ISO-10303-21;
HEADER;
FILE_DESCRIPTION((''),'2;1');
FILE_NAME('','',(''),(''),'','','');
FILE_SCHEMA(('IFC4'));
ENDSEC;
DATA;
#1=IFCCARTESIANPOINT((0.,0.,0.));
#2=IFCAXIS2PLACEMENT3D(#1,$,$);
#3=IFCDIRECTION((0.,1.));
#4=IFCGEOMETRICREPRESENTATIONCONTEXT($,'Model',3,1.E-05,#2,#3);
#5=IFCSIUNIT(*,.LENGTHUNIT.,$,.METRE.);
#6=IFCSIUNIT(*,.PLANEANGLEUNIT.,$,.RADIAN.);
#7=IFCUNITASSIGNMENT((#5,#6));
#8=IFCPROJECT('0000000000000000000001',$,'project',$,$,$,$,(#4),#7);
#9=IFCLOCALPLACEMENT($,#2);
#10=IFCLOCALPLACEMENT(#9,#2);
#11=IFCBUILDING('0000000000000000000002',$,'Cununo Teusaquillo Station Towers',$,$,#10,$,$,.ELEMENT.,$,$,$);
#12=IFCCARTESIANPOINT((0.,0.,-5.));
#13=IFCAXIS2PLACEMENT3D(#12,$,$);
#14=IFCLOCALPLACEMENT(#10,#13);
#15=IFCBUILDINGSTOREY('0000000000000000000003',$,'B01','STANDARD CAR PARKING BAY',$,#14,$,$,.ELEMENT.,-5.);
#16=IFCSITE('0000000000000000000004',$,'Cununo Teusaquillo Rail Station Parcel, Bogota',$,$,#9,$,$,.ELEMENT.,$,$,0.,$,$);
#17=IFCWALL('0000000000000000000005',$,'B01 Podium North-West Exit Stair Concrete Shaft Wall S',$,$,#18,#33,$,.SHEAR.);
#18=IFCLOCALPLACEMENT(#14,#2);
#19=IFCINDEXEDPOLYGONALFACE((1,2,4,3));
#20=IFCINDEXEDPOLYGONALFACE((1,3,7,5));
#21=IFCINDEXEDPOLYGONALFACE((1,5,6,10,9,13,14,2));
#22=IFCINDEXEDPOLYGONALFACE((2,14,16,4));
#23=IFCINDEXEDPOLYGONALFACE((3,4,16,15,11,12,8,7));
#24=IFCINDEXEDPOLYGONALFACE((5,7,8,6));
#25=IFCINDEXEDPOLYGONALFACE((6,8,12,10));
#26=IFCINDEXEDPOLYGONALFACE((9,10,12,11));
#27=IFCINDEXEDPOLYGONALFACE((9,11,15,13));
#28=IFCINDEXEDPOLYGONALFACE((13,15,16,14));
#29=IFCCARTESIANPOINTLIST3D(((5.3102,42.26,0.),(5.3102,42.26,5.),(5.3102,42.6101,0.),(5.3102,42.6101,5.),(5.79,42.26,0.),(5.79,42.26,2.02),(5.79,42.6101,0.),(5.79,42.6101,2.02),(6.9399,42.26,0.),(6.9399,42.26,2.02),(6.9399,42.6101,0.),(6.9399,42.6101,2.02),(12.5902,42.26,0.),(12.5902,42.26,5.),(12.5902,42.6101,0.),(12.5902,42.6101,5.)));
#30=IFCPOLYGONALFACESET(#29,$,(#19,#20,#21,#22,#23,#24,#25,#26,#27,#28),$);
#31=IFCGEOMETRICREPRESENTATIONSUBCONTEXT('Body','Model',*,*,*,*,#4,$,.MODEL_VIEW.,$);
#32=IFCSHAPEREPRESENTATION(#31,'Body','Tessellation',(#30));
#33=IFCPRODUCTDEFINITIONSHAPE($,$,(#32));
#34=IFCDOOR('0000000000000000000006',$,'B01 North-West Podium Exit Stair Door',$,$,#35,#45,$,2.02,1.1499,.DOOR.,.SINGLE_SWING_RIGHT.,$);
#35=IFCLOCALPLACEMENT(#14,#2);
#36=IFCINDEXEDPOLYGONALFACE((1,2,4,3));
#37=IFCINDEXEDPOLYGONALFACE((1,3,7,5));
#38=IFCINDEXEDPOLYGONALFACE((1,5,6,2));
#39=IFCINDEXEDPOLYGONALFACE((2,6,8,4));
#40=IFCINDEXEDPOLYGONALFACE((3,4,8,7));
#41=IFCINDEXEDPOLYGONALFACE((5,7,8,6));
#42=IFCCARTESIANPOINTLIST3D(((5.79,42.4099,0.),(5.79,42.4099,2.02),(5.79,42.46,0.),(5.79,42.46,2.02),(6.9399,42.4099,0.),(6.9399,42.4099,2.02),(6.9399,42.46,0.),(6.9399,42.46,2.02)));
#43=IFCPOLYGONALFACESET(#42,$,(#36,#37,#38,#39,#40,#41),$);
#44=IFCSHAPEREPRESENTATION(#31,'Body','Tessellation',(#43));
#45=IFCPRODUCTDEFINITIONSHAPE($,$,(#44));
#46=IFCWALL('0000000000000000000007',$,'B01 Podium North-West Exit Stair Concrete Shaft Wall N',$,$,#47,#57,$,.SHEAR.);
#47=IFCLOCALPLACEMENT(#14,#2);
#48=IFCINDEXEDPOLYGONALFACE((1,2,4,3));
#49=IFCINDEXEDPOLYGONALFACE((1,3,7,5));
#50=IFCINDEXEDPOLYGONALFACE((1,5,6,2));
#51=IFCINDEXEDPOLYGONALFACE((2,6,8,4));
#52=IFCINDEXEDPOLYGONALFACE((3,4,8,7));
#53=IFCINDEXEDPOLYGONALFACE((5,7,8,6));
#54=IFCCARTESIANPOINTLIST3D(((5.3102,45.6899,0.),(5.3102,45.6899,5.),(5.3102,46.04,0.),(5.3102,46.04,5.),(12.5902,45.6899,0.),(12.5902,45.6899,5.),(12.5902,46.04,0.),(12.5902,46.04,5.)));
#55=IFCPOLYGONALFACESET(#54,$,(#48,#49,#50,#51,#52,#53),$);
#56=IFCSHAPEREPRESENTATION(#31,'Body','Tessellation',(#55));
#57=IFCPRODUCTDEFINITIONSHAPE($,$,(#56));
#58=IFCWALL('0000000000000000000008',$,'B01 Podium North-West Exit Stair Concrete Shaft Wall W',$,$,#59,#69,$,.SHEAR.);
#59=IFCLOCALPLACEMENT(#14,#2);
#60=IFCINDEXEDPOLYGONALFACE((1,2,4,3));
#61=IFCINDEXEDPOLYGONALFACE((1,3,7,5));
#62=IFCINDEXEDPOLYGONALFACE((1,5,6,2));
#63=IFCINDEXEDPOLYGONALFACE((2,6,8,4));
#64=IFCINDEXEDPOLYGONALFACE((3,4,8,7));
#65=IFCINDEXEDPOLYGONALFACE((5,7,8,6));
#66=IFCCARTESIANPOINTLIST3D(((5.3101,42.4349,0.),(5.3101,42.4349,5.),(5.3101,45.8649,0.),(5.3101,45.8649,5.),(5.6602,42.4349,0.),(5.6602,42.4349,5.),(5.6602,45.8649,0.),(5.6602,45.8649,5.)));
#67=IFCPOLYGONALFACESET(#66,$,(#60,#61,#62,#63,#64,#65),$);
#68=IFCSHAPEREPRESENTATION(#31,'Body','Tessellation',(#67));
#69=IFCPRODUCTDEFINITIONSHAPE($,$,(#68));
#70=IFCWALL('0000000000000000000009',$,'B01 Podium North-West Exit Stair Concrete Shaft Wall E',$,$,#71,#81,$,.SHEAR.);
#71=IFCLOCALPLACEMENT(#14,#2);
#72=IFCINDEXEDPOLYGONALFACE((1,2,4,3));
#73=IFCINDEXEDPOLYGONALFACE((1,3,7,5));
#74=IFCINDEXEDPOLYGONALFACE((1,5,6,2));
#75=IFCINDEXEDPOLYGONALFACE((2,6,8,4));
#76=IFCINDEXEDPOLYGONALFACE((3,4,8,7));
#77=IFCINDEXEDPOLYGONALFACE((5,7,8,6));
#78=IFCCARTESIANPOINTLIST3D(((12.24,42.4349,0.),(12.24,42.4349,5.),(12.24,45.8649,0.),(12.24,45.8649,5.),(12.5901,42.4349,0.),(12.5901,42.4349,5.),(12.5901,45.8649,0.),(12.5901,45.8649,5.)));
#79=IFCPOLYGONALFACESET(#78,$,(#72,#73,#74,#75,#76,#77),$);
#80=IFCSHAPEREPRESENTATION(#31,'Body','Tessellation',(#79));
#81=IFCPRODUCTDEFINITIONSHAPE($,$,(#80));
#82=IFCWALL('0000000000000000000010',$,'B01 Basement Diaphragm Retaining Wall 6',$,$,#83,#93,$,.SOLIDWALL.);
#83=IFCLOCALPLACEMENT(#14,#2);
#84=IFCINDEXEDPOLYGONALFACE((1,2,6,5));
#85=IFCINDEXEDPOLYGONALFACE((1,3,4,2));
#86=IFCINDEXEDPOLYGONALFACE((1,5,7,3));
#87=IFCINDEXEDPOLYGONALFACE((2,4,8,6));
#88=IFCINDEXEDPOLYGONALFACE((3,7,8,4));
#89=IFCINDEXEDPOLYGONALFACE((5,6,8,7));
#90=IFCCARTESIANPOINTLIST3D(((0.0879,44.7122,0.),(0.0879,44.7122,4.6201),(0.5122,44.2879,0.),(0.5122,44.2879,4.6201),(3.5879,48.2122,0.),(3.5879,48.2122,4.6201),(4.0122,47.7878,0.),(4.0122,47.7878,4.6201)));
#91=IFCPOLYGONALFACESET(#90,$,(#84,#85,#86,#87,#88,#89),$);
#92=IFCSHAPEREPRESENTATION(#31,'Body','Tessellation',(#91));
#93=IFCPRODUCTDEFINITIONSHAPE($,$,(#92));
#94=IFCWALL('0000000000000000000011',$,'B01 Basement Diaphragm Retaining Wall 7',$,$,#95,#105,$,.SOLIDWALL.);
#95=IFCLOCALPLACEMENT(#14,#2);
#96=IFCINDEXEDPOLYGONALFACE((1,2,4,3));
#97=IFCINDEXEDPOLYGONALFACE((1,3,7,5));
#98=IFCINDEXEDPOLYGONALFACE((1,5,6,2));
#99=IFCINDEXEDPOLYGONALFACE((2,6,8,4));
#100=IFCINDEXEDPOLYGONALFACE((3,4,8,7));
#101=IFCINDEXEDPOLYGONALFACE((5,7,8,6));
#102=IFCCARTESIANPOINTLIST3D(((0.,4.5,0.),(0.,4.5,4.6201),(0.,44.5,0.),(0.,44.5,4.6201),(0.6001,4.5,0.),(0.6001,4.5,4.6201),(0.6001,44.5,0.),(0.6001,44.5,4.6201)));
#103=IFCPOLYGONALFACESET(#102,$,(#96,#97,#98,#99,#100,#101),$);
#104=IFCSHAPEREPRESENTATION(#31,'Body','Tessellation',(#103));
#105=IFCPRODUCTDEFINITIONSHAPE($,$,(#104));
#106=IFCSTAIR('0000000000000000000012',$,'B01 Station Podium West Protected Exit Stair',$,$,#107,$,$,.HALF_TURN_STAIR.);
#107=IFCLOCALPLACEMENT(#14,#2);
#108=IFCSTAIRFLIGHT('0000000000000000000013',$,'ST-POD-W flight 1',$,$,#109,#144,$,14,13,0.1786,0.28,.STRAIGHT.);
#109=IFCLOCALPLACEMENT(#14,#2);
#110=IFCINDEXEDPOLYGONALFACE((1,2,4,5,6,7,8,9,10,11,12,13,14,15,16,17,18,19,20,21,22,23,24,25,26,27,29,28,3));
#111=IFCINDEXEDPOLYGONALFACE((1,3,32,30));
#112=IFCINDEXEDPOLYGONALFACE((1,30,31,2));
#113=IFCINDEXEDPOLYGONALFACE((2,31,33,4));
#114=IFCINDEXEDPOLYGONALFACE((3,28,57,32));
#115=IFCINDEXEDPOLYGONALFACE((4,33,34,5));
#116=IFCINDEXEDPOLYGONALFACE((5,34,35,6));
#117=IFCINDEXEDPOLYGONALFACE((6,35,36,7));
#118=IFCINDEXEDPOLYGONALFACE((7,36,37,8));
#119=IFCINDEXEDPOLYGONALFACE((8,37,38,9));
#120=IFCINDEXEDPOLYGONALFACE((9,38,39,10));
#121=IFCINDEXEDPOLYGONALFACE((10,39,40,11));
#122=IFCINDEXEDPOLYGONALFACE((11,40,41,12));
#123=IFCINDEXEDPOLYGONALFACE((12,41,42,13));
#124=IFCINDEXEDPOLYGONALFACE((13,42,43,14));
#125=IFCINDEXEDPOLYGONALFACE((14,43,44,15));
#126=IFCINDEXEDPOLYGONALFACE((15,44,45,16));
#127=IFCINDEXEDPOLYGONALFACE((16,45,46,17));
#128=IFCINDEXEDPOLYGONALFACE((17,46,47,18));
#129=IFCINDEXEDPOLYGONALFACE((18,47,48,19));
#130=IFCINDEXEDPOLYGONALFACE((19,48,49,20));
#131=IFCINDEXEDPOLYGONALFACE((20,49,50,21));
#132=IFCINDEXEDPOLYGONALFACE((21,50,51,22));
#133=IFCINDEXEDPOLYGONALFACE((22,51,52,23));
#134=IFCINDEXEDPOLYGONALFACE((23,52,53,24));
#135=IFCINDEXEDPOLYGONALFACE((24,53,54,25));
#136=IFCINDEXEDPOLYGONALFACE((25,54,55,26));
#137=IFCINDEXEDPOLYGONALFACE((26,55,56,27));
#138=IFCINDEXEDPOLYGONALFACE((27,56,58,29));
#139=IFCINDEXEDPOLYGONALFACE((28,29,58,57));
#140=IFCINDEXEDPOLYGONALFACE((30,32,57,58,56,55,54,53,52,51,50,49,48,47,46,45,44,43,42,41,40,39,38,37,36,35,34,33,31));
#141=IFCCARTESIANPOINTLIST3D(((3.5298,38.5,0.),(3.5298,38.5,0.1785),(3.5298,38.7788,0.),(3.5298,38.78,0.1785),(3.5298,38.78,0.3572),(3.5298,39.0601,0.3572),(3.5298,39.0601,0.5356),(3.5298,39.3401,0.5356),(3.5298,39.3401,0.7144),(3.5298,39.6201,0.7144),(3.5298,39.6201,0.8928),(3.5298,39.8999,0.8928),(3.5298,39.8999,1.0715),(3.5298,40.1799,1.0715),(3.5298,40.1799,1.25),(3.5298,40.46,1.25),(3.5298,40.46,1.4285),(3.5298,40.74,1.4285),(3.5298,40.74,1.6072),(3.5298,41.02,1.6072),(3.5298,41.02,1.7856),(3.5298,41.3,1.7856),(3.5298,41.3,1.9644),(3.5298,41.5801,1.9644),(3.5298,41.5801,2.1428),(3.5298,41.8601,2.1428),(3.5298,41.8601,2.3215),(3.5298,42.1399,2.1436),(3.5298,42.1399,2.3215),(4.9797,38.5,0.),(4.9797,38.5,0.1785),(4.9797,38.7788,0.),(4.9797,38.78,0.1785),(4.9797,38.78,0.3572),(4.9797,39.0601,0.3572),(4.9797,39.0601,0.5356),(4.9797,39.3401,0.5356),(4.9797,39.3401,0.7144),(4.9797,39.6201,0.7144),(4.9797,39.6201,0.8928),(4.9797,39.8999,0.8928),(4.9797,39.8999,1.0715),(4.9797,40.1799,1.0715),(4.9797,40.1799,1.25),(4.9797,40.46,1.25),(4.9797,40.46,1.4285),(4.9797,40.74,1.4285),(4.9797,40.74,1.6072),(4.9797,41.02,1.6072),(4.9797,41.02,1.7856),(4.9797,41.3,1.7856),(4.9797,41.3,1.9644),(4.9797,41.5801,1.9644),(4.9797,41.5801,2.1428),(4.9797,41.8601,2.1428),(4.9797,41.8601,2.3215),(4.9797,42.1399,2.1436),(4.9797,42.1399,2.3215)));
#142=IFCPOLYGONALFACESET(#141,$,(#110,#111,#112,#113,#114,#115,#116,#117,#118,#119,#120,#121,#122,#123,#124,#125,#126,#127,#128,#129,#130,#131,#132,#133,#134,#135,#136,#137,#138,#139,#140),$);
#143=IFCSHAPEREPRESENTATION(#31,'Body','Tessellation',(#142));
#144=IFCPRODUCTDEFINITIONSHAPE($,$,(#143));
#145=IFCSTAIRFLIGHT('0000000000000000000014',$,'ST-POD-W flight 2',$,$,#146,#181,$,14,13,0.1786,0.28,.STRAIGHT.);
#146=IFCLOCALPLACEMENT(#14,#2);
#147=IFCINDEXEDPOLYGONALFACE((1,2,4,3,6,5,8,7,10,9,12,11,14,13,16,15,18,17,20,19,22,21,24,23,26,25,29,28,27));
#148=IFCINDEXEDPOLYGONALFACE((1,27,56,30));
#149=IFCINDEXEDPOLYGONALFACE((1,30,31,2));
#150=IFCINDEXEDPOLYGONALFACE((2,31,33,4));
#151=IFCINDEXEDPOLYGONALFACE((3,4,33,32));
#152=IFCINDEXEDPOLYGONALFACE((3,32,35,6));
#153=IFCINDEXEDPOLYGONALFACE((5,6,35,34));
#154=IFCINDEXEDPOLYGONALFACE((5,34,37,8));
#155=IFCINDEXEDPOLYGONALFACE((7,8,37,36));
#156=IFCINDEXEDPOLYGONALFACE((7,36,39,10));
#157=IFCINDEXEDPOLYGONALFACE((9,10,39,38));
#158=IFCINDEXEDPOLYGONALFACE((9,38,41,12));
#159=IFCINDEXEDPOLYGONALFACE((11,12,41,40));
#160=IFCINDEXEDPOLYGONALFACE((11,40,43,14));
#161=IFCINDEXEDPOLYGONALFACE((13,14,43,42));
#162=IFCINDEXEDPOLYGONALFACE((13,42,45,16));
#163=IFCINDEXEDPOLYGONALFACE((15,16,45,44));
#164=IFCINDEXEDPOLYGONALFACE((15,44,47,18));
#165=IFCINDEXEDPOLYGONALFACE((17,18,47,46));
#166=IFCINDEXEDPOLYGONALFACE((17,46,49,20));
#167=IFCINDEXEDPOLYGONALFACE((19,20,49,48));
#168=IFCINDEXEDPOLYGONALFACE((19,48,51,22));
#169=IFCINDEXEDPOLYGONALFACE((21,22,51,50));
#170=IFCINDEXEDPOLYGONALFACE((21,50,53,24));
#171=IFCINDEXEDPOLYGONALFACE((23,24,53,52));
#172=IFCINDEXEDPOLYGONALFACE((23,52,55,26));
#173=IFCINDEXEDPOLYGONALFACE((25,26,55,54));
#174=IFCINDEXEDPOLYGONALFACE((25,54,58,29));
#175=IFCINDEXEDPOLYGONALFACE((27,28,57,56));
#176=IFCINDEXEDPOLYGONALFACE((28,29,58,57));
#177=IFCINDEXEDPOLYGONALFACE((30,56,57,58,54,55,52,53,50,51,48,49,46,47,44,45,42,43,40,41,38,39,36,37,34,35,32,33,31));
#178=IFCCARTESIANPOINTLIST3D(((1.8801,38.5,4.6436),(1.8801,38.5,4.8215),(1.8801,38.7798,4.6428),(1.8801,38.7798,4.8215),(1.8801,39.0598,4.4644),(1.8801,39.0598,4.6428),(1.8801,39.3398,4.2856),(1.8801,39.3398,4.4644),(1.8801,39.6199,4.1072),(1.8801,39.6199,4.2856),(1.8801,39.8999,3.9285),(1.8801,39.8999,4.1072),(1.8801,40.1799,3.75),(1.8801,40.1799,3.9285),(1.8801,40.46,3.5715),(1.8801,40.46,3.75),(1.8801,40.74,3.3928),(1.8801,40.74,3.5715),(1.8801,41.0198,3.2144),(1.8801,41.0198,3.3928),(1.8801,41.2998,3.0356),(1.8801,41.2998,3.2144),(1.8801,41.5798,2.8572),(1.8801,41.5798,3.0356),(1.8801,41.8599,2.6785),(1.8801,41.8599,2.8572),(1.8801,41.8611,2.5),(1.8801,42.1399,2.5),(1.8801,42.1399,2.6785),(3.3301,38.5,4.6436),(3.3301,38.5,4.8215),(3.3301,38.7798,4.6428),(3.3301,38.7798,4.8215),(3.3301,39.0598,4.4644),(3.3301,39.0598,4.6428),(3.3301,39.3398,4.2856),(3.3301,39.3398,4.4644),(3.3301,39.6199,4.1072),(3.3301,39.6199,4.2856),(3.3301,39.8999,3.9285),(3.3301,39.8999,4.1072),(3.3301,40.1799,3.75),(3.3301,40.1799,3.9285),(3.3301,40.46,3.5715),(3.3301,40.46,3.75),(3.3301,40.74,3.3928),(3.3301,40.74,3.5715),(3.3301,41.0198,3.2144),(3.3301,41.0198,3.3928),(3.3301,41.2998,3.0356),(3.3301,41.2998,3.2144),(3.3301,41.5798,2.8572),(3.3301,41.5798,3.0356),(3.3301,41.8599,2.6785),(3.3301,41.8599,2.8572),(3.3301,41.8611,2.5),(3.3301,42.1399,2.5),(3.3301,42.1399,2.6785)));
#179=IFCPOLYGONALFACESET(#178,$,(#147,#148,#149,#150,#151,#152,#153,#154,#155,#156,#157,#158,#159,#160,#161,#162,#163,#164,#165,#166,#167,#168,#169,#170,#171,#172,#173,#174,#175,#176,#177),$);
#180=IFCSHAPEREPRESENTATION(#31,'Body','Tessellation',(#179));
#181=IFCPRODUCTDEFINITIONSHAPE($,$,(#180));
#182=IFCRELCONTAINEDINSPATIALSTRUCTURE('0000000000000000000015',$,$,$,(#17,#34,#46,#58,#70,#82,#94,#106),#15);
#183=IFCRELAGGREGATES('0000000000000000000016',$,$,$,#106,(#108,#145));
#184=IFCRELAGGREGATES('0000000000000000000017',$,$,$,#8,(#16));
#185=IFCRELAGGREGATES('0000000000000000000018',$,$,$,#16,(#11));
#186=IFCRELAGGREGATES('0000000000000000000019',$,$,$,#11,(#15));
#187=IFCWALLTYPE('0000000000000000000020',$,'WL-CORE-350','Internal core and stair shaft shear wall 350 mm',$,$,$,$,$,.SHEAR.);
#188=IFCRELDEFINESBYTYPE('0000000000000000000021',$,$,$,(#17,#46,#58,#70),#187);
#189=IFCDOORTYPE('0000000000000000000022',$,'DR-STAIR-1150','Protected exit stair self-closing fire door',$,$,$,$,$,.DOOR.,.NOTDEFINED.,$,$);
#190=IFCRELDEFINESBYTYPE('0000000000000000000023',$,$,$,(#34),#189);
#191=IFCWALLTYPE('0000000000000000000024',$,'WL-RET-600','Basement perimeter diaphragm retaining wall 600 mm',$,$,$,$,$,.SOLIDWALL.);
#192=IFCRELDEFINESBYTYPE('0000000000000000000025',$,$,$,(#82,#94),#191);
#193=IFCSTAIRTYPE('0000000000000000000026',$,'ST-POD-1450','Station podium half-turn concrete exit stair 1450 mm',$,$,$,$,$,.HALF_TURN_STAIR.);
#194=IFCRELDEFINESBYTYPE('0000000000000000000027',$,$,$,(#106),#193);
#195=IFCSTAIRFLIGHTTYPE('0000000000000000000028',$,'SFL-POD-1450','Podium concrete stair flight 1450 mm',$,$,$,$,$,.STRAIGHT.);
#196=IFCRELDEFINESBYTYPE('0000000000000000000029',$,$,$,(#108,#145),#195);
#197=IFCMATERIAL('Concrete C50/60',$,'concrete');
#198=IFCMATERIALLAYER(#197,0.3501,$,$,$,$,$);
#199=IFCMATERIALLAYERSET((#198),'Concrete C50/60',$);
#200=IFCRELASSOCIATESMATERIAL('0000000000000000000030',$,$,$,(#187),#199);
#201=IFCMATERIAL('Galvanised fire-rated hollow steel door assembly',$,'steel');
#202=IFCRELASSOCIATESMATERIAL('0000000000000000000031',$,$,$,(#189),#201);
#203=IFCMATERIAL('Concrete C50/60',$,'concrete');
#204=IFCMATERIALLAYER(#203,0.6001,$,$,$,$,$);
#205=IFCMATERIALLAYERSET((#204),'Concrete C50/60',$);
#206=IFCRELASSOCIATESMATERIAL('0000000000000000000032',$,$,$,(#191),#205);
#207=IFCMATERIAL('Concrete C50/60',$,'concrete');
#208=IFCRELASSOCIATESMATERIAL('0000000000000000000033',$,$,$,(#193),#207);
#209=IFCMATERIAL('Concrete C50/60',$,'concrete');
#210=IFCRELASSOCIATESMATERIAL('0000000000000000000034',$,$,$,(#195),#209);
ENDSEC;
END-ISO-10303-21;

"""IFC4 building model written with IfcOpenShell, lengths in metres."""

from ifc_helpers import new_model, si_unit, direction, frame, frame_2d, origin, place, context, subcontext, project, spatial, polyline, rectangle, outline, extrude, source, transform, mapped, material, layer, layer_set, type_object, element, fill, aggregate, save


model = new_model("IFC4")

# Units and contexts
model_context = context("Model", 3, precision=1e-05, world=origin(), true_north=direction((0.0, 1.0)))
body_context = subcontext(model_context, "Body", "Model", "MODEL_VIEW")
ifc_project = project(units=[si_unit("LENGTHUNIT", "METRE"), si_unit("PLANEANGLEUNIT", "RADIAN")], contexts=[model_context])

# Site, building, storey
site_placement = place(None, origin())
site = spatial("IfcSite", under=ifc_project, at=site_placement, Name="Cununo Teusaquillo Rail Station Parcel, Bogota", CompositionType="ELEMENT", RefElevation=0.0)
building_placement = place(site_placement, origin())
building = spatial("IfcBuilding", under=site, at=building_placement, Name="Cununo Teusaquillo Station Towers", CompositionType="ELEMENT")
storey_placement = place(building_placement, frame((0.0, 0.0, -5.0)))
storey = spatial("IfcBuildingStorey", under=building, at=storey_placement, Name="B01", Description="STANDARD CAR PARKING BAY", CompositionType="ELEMENT", Elevation=-5.0)

# Shared definitions
ifc_material_1 = material(Name="Concrete C50/60", Category="concrete")
ifc_layer_1 = layer(ifc_material_1, 0.3501)
ifc_layer_set_1 = layer_set([ifc_layer_1], Name="Concrete C50/60")
wall_type_1 = type_object("IfcWallType", Name="WL-CORE-350", Description="Internal core and stair shaft shear wall 350 mm", PredefinedType="SHEAR", material=ifc_layer_set_1)

# Wall, opening, door
wall_1_placement = place(storey_placement, frame((5.3101, 42.4351, 0.0), z_axis=(0.0, 0.0, 1.0), x_axis=(1.0, 0.0, 0.0)))
wall_1 = element("IfcWall", 1, at=wall_1_placement, inside=storey, type_object=wall_type_1, Name="B01 Podium North-West Exit Stair Concrete Shaft Wall S", PredefinedType="SHEAR", context=body_context, shape_type="SweptSolid", body=[
    extrude(rectangle(XDim=7.28, YDim=0.3501, at=frame_2d((3.6401, 0.0))), origin(), (0.0, 0.0, 1.0), 5.0),
])
shared_shape_1 = source(origin(), body_context, "Body", "SweptSolid", [
    extrude(rectangle(XDim=1.1499, YDim=2.02, at=frame_2d((0.575, 1.01))), frame((0.0, 0.1851, 0.0), z_axis=(0.0, -1.0, 0.0), x_axis=(1.0, 0.0, 0.0)), (0.0, 0.0, 1.0), 0.3701),
])
opening_1_placement = place(wall_1_placement, frame((0.48, 0.0, 0.0)))
opening_1 = element("IfcOpeningElement", 2, at=opening_1_placement, cuts=wall_1, PredefinedType="OPENING", context=body_context, shape_type="MappedRepresentation", body=[
    mapped(shared_shape_1, transform((0.0, 0.0, 0.0), x_axis=(1.0, 0.0, 0.0), y_axis=(0.0, 1.0, 0.0), z_axis=(0.0, 0.0, 1.0), scale=1.0)),
])
ifc_material_2 = material(Name="Galvanised fire-rated hollow steel door assembly", Category="steel")
door_type_1 = type_object("IfcDoorType", Name="DR-STAIR-1150", Description="Protected exit stair self-closing fire door", OperationType="NOTDEFINED", PredefinedType="DOOR", material=ifc_material_2)
shared_shape_2 = source(origin(), body_context, "Body", "SweptSolid", [
    extrude(rectangle(XDim=1.1499, YDim=2.02, at=frame_2d((0.575, 1.01))), frame((0.0, 0.0249, 0.0), z_axis=(0.0, -1.0, 0.0), x_axis=(1.0, 0.0, 0.0)), (0.0, 0.0, 1.0), 0.05),
])
door_1_placement = place(opening_1_placement, origin())
door_1 = element("IfcDoor", 3, at=door_1_placement, inside=storey, type_object=door_type_1, Name="B01 North-West Podium Exit Stair Door", OperationType="SINGLE_SWING_RIGHT", OverallHeight=2.02, OverallWidth=1.1499, PredefinedType="DOOR", context=body_context, shape_type="MappedRepresentation", body=[
    mapped(shared_shape_2, transform((0.0, 0.0, 0.0), x_axis=(1.0, 0.0, 0.0), y_axis=(0.0, 1.0, 0.0), z_axis=(0.0, 0.0, 1.0), scale=1.0)),
])
fill(opening_1, door_1)

# Walls
wall_2_placement = place(storey_placement, frame((5.3101, 45.865, 0.0), z_axis=(0.0, 0.0, 1.0), x_axis=(1.0, 0.0, 0.0)))
element("IfcWall", 4, at=wall_2_placement, inside=storey, type_object=wall_type_1, Name="B01 Podium North-West Exit Stair Concrete Shaft Wall N", PredefinedType="SHEAR", context=body_context, shape_type="SweptSolid", body=[
    extrude(rectangle(XDim=7.28, YDim=0.3501, at=frame_2d((3.6401, 0.0))), origin(), (0.0, 0.0, 1.0), 5.0),
])
for number, where, z_axis, x_axis, name in (
    (5, (5.4851, 42.4351, 0.0), (0.0, 0.0, 1.0), (0.0, 1.0, 0.0), "B01 Podium North-West Exit Stair Concrete Shaft Wall W"),
    (6, (12.415, 42.4351, 0.0), (0.0, 0.0, 1.0), (0.0, 1.0, 0.0), "B01 Podium North-West Exit Stair Concrete Shaft Wall E"),
):
    element("IfcWall", number, at=place(storey_placement, frame(where, z_axis=z_axis, x_axis=x_axis)), inside=storey, type_object=wall_type_1, Name=name, PredefinedType="SHEAR", context=body_context, shape_type="SweptSolid", body=[
        extrude(rectangle(XDim=3.4299, YDim=0.3501, at=frame_2d((1.7148, 0.0))), origin(), (0.0, 0.0, 1.0), 5.0),
    ])
ifc_material_3 = material(Name="Concrete C50/60", Category="concrete")
ifc_layer_2 = layer(ifc_material_3, 0.6001)
ifc_layer_set_2 = layer_set([ifc_layer_2], Name="Concrete C50/60")
wall_type_2 = type_object("IfcWallType", Name="WL-RET-600", Description="Basement perimeter diaphragm retaining wall 600 mm", PredefinedType="SOLIDWALL", material=ifc_layer_set_2)
wall_3_placement = place(storey_placement, frame((3.8, 48.0, 0.0), z_axis=(0.0, 0.0, 1.0), x_axis=(-0.707107, -0.707107, 0.0)))
element("IfcWall", 7, at=wall_3_placement, inside=storey, type_object=wall_type_2, Name="B01 Basement Diaphragm Retaining Wall 6", PredefinedType="SOLIDWALL", context=body_context, shape_type="SweptSolid", body=[
    extrude(rectangle(XDim=4.9497, YDim=0.6001, at=frame_2d((2.4749, 0.0))), origin(), (0.0, 0.0, 1.0), 4.6201),
])
wall_4_placement = place(storey_placement, frame((0.3, 44.5, 0.0), z_axis=(0.0, 0.0, 1.0), x_axis=(0.0, -1.0, 0.0)))
element("IfcWall", 8, at=wall_4_placement, inside=storey, type_object=wall_type_2, Name="B01 Basement Diaphragm Retaining Wall 7", PredefinedType="SOLIDWALL", context=body_context, shape_type="SweptSolid", body=[
    extrude(rectangle(XDim=40.0, YDim=0.6001, at=frame_2d((20.0, 0.0))), origin(), (0.0, 0.0, 1.0), 4.6201),
])

# Stair, stair flights
ifc_material_4 = material(Name="Concrete C50/60", Category="concrete")
stair_type = type_object("IfcStairType", Name="ST-POD-1450", Description="Station podium half-turn concrete exit stair 1450 mm", PredefinedType="HALF_TURN_STAIR", material=ifc_material_4)
stair_1_placement = place(storey_placement, origin())
stair_1 = element("IfcStair", 9, at=stair_1_placement, inside=storey, type_object=stair_type, Name="B01 Station Podium West Protected Exit Stair", PredefinedType="HALF_TURN_STAIR")
ifc_material_5 = material(Name="Concrete C50/60", Category="concrete")
stair_flight_type = type_object("IfcStairFlightType", Name="SFL-POD-1450", Description="Podium concrete stair flight 1450 mm", PredefinedType="STRAIGHT", material=ifc_material_5)
stair_flight_1_placement = place(storey_placement, frame((4.2549, 38.5, 0.0), z_axis=(0.0, 0.0, 1.0), x_axis=(0.0, 1.0, 0.0)))
stair_flight_1 = element("IfcStairFlight", 10, at=stair_flight_1_placement, type_object=stair_flight_type, Name="ST-POD-W flight 1", NumberOfRisers=14, NumberOfTreads=13, PredefinedType="STRAIGHT", RiserHeight=0.1786, TreadLength=0.28, context=body_context, shape_type="SweptSolid", body=[
    extrude(outline(polyline([(0.0, 0.0), (0.0, 0.1785), (0.28, 0.1785), (0.28, 0.3572), (0.5601, 0.3572), (0.5601, 0.5356), (0.8401, 0.5356), (0.8401, 0.7144), (1.1201, 0.7144), (1.1201, 0.8928), (1.3999, 0.8928), (1.3999, 1.0715), (1.6799, 1.0715), (1.6799, 1.25), (1.96, 1.25), (1.96, 1.4285), (2.24, 1.4285), (2.24, 1.6072), (2.52, 1.6072), (2.52, 1.7856), (2.8, 1.7856), (2.8, 1.9644), (3.0801, 1.9644), (3.0801, 2.1428), (3.3601, 2.1428), (3.3601, 2.3215), (3.6399, 2.3215), (3.6399, 2.5), (3.6399, 2.1436), (0.2788, 0.0), (0.0, 0.0)])), frame((0.0, 0.7251, 0.0), z_axis=(0.0, -1.0, 0.0), x_axis=(1.0, 0.0, 0.0)), (0.0, 0.0, 1.0), 1.45),
])
stair_flight_2_placement = place(storey_placement, frame((2.605, 42.1399, 2.5), z_axis=(0.0, 0.0, 1.0), x_axis=(0.0, -1.0, 0.0)))
stair_flight_2 = element("IfcStairFlight", 11, at=stair_flight_2_placement, type_object=stair_flight_type, Name="ST-POD-W flight 2", NumberOfRisers=14, NumberOfTreads=13, PredefinedType="STRAIGHT", RiserHeight=0.1786, TreadLength=0.28, context=body_context, shape_type="SweptSolid", body=[
    extrude(outline(polyline([(0.0, 0.0), (0.0, 0.1785), (0.28, 0.1785), (0.28, 0.3572), (0.5601, 0.3572), (0.5601, 0.5356), (0.8401, 0.5356), (0.8401, 0.7144), (1.1201, 0.7144), (1.1201, 0.8928), (1.3999, 0.8928), (1.3999, 1.0715), (1.6799, 1.0715), (1.6799, 1.25), (1.96, 1.25), (1.96, 1.4285), (2.24, 1.4285), (2.24, 1.6072), (2.52, 1.6072), (2.52, 1.7856), (2.8, 1.7856), (2.8, 1.9644), (3.0801, 1.9644), (3.0801, 2.1428), (3.3601, 2.1428), (3.3601, 2.3215), (3.6399, 2.3215), (3.6399, 2.5), (3.6399, 2.1436), (0.2788, 0.0), (0.0, 0.0)])), frame((0.0, 0.7251, 0.0), z_axis=(0.0, -1.0, 0.0), x_axis=(1.0, 0.0, 0.0)), (0.0, 0.0, 1.0), 1.45),
])
aggregate(stair_1, [stair_flight_1, stair_flight_2])

save(model, "model.ifc")
